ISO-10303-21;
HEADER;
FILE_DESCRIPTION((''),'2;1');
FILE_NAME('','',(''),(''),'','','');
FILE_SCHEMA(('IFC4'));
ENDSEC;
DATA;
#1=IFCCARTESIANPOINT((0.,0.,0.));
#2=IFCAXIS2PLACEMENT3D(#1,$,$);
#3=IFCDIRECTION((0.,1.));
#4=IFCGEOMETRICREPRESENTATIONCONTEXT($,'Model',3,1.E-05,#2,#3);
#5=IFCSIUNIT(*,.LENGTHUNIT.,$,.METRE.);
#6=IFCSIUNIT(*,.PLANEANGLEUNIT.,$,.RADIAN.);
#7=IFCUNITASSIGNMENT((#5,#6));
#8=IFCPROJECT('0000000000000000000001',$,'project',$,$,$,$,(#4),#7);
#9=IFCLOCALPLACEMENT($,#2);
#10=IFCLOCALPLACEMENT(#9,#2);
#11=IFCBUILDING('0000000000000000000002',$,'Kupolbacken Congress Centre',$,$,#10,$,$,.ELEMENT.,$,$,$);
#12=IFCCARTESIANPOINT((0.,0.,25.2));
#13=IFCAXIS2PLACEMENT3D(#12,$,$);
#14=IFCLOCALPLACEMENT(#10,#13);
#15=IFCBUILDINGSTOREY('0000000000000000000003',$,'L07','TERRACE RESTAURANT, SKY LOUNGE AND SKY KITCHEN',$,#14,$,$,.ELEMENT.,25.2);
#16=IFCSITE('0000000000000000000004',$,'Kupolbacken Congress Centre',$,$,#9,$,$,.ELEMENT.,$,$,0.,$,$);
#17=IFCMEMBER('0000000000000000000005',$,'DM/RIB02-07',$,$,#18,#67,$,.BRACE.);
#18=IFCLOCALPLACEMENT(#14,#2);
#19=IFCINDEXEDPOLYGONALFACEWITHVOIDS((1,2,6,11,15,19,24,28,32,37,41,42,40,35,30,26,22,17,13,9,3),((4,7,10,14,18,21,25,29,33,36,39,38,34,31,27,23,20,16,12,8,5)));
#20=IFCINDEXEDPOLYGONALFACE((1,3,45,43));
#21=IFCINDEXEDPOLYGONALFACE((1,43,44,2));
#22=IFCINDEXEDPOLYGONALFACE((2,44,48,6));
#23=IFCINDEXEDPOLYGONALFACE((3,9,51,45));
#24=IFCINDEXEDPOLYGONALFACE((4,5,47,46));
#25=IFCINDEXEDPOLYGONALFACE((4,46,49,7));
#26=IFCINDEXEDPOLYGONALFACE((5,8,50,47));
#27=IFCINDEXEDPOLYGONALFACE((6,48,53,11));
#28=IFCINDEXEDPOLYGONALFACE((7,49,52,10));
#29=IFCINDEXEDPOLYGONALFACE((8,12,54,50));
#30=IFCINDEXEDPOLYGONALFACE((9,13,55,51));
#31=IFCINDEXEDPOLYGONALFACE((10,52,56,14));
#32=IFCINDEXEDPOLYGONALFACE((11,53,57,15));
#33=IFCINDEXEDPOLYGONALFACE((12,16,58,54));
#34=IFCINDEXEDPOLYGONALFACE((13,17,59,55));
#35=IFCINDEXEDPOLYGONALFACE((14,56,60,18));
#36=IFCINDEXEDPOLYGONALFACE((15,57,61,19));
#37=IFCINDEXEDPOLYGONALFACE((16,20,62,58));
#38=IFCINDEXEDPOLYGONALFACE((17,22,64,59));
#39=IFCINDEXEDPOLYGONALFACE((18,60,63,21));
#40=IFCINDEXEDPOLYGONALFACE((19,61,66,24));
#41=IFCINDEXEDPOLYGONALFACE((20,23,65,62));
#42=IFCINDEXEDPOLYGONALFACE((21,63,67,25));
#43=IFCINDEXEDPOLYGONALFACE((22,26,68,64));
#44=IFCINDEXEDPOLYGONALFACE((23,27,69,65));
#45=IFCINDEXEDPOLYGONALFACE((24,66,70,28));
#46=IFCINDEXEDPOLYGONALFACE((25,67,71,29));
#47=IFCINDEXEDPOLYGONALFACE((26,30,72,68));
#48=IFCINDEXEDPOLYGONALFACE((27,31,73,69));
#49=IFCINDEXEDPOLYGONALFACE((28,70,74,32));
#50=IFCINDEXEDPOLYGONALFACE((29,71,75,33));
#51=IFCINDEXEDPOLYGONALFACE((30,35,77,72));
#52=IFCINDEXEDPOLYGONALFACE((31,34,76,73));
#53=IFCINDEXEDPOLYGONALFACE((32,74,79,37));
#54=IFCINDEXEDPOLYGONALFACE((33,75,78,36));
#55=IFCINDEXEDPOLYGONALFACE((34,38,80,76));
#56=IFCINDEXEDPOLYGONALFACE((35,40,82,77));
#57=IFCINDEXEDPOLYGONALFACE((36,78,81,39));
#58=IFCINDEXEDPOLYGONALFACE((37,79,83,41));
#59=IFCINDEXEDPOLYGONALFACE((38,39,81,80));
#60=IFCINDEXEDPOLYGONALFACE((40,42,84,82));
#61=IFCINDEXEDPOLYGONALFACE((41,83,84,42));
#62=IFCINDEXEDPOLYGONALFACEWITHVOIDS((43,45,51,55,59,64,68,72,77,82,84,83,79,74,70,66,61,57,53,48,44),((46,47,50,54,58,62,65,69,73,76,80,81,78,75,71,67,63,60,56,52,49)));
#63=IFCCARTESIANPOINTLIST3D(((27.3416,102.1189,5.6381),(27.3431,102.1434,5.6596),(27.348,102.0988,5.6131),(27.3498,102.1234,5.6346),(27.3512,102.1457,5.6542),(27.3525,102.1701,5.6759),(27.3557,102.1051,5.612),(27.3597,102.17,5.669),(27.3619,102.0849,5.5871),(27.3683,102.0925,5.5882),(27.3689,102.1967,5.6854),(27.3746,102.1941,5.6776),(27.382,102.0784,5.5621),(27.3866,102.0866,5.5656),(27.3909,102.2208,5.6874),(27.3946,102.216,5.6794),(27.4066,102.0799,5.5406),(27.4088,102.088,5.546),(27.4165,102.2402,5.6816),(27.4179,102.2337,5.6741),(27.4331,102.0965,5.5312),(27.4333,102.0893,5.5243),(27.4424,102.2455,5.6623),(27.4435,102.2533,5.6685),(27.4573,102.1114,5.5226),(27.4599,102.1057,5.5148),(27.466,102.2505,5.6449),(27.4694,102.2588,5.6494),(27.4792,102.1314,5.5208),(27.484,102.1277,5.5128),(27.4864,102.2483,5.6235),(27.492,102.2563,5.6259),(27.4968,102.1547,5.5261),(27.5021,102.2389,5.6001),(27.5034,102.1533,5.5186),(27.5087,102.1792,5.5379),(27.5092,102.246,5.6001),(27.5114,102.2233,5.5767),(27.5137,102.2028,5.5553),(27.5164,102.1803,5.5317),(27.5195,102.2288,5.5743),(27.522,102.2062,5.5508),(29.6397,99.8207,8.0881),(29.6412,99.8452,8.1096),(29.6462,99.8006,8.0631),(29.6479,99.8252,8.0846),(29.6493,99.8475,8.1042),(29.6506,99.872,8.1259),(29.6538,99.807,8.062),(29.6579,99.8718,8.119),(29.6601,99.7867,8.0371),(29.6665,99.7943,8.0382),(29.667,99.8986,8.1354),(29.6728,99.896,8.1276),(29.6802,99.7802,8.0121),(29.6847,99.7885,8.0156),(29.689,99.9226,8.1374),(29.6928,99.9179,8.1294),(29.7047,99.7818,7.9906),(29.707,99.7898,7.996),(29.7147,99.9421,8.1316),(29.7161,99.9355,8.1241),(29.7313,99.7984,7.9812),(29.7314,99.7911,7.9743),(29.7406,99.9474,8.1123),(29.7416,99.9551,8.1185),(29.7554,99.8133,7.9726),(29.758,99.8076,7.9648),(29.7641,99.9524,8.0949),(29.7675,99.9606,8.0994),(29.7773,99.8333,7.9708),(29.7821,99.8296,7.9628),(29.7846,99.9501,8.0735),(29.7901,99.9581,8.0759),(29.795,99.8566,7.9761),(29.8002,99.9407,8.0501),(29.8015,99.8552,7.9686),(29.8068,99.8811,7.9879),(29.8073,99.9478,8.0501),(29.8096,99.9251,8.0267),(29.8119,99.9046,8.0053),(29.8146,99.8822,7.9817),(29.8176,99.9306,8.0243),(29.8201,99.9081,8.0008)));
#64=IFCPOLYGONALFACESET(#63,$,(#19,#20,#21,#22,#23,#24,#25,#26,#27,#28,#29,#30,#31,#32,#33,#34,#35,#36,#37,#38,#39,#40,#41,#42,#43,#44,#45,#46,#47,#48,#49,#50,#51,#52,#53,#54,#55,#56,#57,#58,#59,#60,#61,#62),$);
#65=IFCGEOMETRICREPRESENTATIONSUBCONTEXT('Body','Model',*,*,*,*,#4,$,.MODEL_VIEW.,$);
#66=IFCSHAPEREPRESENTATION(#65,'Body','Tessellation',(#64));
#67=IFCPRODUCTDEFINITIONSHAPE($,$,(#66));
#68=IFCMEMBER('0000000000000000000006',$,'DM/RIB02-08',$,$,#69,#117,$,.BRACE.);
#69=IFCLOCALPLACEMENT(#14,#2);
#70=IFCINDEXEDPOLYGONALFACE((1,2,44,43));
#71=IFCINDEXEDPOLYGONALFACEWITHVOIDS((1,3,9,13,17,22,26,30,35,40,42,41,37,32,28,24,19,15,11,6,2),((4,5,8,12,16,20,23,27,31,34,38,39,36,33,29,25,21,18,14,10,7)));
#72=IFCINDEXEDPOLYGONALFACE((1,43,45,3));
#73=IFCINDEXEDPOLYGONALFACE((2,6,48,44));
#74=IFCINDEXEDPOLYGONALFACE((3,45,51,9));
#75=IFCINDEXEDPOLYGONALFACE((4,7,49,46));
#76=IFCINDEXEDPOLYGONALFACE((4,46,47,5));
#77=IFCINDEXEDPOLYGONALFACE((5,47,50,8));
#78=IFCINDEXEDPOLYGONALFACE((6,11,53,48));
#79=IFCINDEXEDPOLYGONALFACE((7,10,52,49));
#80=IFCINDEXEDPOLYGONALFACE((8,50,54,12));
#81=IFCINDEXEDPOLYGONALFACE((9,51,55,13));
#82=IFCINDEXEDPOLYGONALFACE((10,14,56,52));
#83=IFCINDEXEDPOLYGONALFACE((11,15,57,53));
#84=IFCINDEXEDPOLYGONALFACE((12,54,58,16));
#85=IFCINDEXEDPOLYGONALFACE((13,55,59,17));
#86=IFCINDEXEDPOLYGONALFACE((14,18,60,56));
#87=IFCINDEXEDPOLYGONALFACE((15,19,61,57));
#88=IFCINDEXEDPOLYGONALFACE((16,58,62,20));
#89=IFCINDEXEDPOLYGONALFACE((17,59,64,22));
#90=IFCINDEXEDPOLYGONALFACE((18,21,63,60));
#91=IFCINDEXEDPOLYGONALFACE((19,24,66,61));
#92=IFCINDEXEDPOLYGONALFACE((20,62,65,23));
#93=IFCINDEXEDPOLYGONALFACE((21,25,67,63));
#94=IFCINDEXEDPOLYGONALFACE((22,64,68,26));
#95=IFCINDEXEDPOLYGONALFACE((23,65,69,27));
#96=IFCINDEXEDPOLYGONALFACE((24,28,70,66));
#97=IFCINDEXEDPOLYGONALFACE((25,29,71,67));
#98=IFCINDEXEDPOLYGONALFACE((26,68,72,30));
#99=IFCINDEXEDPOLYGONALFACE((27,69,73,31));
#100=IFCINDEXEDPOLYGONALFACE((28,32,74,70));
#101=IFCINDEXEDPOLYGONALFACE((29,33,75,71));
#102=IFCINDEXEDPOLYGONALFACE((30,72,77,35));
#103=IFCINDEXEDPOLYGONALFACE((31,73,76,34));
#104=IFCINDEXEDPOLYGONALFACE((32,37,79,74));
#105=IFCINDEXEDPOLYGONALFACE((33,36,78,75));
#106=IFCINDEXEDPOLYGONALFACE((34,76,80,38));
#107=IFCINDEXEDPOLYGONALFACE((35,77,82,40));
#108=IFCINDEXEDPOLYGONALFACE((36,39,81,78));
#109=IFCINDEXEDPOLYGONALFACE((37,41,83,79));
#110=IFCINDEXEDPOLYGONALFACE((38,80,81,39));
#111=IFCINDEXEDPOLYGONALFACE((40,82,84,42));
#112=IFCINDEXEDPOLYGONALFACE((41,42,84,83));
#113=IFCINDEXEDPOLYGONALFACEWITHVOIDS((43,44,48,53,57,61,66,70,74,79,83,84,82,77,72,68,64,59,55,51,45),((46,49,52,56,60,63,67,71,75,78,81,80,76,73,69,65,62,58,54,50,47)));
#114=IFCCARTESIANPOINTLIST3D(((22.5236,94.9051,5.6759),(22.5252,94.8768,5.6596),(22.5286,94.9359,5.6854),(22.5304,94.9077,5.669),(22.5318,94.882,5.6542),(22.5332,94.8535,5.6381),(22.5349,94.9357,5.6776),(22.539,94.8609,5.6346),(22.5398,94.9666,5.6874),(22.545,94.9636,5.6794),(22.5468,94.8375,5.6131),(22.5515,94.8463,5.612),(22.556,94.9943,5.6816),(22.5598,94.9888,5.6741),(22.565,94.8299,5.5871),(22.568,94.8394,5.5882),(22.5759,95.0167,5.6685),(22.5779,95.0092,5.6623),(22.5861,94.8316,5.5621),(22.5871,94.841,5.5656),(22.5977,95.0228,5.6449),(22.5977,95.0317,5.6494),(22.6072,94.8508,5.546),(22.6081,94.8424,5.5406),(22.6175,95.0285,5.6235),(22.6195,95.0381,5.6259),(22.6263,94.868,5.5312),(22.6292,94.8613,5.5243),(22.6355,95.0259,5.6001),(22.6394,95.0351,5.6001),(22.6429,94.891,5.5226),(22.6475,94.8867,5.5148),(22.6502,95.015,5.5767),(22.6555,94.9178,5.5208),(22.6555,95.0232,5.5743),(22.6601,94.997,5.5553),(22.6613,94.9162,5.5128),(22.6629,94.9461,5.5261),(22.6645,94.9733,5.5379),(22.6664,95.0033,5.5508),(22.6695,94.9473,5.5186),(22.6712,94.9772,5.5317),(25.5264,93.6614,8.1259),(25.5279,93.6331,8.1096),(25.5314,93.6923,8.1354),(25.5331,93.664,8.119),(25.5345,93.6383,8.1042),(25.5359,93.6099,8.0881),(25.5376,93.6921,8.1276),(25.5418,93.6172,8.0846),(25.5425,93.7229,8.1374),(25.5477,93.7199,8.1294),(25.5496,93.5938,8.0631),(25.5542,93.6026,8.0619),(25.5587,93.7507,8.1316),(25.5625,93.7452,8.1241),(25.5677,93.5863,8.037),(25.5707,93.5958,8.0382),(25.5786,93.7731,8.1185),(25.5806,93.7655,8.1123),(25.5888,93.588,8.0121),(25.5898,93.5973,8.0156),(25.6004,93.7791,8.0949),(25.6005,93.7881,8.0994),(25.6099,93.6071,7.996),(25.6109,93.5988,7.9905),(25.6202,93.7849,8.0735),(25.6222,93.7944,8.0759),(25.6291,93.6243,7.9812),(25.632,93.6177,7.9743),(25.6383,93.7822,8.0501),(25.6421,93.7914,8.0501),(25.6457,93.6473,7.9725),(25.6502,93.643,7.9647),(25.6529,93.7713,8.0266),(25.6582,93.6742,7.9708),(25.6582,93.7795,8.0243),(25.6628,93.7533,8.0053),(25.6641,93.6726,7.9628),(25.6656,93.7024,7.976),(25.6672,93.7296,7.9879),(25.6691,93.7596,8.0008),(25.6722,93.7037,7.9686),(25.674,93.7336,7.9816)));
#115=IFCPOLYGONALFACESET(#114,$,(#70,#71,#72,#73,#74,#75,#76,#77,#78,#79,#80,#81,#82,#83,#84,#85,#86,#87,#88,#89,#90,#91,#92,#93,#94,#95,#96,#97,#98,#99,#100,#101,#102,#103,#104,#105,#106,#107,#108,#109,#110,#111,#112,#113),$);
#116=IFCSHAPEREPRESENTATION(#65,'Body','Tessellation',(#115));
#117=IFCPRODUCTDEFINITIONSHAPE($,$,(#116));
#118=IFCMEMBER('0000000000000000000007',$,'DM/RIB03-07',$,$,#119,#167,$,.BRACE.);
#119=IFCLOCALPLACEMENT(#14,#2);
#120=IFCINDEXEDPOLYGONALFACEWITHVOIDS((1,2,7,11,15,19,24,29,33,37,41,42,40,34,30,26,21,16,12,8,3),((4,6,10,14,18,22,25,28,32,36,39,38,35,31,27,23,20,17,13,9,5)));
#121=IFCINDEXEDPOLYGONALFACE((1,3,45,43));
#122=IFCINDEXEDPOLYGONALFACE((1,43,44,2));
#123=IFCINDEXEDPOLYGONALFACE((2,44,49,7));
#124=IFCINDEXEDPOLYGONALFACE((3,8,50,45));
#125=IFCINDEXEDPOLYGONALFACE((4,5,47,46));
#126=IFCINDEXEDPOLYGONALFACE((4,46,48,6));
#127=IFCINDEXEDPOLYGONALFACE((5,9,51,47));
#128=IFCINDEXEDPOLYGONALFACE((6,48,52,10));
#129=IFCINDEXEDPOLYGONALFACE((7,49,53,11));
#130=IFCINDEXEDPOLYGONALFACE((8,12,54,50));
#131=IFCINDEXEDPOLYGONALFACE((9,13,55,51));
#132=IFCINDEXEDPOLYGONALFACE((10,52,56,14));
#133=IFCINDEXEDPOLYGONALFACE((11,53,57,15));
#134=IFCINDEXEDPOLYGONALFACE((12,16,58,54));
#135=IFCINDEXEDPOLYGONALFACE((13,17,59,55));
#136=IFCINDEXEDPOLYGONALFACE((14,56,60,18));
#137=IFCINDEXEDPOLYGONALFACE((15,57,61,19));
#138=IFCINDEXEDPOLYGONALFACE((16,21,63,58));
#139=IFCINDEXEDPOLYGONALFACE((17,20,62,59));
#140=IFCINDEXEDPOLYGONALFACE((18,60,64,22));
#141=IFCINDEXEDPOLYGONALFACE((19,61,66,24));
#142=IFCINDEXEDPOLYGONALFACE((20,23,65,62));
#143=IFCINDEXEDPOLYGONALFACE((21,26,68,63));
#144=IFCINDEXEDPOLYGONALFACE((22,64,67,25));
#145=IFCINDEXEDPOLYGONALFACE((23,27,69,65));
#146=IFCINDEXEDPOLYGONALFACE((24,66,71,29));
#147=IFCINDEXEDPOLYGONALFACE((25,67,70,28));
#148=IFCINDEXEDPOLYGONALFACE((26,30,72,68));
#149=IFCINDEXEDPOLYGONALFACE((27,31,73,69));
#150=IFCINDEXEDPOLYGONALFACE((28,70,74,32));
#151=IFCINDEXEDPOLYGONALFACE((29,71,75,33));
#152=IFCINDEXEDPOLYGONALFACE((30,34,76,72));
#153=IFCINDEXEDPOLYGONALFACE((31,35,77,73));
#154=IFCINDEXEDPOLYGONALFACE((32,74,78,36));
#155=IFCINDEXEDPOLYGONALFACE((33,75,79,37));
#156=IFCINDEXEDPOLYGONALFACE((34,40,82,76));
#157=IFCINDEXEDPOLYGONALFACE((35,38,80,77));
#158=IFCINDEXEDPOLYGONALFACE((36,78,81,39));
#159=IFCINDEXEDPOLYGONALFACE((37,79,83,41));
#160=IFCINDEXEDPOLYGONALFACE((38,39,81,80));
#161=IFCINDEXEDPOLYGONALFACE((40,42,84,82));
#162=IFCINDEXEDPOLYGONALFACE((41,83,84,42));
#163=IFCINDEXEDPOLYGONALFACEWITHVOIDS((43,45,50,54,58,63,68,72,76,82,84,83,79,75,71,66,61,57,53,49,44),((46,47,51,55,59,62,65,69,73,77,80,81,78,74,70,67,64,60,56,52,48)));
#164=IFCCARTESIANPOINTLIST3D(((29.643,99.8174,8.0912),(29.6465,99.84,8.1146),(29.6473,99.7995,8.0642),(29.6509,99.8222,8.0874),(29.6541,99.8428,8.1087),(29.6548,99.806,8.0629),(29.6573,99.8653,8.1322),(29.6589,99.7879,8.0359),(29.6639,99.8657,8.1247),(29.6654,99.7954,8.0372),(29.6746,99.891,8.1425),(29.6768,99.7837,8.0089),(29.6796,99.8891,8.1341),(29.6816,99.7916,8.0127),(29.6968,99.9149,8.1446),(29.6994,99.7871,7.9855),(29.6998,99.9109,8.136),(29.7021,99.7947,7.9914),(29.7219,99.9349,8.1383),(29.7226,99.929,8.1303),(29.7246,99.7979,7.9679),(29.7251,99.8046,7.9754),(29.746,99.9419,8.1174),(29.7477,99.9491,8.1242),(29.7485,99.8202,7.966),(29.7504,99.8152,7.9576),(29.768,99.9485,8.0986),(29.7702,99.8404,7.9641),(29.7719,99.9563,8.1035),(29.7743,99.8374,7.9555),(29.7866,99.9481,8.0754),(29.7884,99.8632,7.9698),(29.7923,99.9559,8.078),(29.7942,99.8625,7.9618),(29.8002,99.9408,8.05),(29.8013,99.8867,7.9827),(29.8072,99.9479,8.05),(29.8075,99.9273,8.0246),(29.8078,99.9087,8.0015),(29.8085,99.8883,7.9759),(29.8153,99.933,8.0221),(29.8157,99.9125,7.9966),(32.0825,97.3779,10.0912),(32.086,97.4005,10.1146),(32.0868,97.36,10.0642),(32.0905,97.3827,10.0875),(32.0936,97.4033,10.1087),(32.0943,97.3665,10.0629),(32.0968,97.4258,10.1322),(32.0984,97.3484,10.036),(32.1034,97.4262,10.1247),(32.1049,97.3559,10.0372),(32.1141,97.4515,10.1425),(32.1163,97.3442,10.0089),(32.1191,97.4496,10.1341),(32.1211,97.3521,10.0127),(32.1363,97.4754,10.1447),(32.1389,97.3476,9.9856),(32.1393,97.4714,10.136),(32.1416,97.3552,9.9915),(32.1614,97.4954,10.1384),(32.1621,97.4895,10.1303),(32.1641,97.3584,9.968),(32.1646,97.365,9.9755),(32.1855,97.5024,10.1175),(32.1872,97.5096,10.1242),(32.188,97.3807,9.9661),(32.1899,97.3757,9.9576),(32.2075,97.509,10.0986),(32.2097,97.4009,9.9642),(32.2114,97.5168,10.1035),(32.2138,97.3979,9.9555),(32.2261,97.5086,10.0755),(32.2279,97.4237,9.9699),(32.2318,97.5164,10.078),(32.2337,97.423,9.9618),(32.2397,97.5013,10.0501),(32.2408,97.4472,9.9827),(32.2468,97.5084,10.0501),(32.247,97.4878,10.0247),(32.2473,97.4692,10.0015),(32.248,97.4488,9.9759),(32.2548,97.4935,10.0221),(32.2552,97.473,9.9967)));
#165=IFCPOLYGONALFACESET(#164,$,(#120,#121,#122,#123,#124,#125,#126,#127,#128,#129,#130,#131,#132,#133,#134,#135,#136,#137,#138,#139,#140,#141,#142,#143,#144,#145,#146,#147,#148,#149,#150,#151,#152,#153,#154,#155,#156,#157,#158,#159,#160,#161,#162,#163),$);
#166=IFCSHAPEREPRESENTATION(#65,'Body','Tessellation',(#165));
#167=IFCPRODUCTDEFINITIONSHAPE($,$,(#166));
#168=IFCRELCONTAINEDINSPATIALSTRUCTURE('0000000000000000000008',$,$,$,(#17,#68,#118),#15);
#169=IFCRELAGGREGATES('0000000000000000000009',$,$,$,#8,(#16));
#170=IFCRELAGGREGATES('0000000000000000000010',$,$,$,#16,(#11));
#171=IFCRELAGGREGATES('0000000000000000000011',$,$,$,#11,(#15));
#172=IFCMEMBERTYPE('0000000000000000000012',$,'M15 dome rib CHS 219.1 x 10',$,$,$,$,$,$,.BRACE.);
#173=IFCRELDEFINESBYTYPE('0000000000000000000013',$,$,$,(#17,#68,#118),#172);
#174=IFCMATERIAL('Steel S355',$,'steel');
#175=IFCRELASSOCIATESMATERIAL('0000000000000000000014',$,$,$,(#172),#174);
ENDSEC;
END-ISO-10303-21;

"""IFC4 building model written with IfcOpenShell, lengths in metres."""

from ifc_helpers import new_model, si_unit, direction, frame, origin, origin_2d, place, context, subcontext, project, spatial, hollow_circle, extrude, material, material_profile, profile_set, type_object, element, save


model = new_model("IFC4")

# Units and contexts
model_context = context("Model", 3, precision=1e-05, world=origin(), true_north=direction((0.0, 1.0)))
body_context = subcontext(model_context, "Body", "Model", "MODEL_VIEW")
ifc_project = project(units=[si_unit("LENGTHUNIT", "METRE"), si_unit("PLANEANGLEUNIT", "RADIAN")], contexts=[model_context])

# Site, building, storey
site_placement = place(None, origin())
site = spatial("IfcSite", under=ifc_project, at=site_placement, Name="Kupolbacken Congress Centre", CompositionType="ELEMENT", RefElevation=0.0)
building_placement = place(site_placement, origin())
building = spatial("IfcBuilding", under=site, at=building_placement, Name="Kupolbacken Congress Centre", CompositionType="ELEMENT")
storey_placement = place(building_placement, frame((0.0, 0.0, 25.2)))
storey = spatial("IfcBuildingStorey", under=building, at=storey_placement, Name="L07", Description="TERRACE RESTAURANT, SKY LOUNGE AND SKY KITCHEN", CompositionType="ELEMENT", Elevation=25.2)

# Members
ifc_material_1 = material(Name="Steel S355", Category="steel")
ifc_material_profile_1 = material_profile(ifc_material_1, hollow_circle(Radius=0.1096, WallThickness=0.01, at=origin_2d()), Name="CHS 219.1 x 10")
ifc_profile_set_1 = profile_set([ifc_material_profile_1], Name="Steel S355")
member_type_1 = type_object("IfcMemberType", Name="M15 dome rib CHS 219.1 x 10", PredefinedType="BRACE", material=ifc_profile_set_1)
for number, where, z_axis, x_axis, name in (
    (1, (27.4316, 102.1685, 5.6001), (0.564645, -0.564645, 0.601956), (0.707107, 0.707107, 0.0), "DM/RIB02-07"),
    (2, (22.5974, 94.9338, 5.6001), (0.737757, -0.305564, 0.601951), (0.382657, 0.92389, 0.0), "DM/RIB02-08"),
):
    element("IfcMember", number, at=place(storey_placement, frame(where, z_axis=z_axis, x_axis=x_axis)), inside=storey, type_object=member_type_1, Name=name, PredefinedType="BRACE", context=body_context, shape_type="SweptSolid", body=[
        extrude(hollow_circle(Radius=0.1096, WallThickness=0.01, at=origin_2d()), origin(), (0.0, 0.0, 1.0), 4.0701),
    ])
member_1_placement = place(storey_placement, frame((29.7297, 99.8704, 8.05), z_axis=(0.611742, -0.611742, 0.50154), x_axis=(0.707107, 0.707107, 0.0)))
element("IfcMember", 3, at=member_1_placement, inside=storey, type_object=member_type_1, Name="DM/RIB03-07", PredefinedType="BRACE", context=body_context, shape_type="SweptSolid", body=[
    extrude(hollow_circle(Radius=0.1096, WallThickness=0.01, at=origin_2d()), origin(), (0.0, 0.0, 1.0), 3.9878),
])

save(model, "model.ifc")
